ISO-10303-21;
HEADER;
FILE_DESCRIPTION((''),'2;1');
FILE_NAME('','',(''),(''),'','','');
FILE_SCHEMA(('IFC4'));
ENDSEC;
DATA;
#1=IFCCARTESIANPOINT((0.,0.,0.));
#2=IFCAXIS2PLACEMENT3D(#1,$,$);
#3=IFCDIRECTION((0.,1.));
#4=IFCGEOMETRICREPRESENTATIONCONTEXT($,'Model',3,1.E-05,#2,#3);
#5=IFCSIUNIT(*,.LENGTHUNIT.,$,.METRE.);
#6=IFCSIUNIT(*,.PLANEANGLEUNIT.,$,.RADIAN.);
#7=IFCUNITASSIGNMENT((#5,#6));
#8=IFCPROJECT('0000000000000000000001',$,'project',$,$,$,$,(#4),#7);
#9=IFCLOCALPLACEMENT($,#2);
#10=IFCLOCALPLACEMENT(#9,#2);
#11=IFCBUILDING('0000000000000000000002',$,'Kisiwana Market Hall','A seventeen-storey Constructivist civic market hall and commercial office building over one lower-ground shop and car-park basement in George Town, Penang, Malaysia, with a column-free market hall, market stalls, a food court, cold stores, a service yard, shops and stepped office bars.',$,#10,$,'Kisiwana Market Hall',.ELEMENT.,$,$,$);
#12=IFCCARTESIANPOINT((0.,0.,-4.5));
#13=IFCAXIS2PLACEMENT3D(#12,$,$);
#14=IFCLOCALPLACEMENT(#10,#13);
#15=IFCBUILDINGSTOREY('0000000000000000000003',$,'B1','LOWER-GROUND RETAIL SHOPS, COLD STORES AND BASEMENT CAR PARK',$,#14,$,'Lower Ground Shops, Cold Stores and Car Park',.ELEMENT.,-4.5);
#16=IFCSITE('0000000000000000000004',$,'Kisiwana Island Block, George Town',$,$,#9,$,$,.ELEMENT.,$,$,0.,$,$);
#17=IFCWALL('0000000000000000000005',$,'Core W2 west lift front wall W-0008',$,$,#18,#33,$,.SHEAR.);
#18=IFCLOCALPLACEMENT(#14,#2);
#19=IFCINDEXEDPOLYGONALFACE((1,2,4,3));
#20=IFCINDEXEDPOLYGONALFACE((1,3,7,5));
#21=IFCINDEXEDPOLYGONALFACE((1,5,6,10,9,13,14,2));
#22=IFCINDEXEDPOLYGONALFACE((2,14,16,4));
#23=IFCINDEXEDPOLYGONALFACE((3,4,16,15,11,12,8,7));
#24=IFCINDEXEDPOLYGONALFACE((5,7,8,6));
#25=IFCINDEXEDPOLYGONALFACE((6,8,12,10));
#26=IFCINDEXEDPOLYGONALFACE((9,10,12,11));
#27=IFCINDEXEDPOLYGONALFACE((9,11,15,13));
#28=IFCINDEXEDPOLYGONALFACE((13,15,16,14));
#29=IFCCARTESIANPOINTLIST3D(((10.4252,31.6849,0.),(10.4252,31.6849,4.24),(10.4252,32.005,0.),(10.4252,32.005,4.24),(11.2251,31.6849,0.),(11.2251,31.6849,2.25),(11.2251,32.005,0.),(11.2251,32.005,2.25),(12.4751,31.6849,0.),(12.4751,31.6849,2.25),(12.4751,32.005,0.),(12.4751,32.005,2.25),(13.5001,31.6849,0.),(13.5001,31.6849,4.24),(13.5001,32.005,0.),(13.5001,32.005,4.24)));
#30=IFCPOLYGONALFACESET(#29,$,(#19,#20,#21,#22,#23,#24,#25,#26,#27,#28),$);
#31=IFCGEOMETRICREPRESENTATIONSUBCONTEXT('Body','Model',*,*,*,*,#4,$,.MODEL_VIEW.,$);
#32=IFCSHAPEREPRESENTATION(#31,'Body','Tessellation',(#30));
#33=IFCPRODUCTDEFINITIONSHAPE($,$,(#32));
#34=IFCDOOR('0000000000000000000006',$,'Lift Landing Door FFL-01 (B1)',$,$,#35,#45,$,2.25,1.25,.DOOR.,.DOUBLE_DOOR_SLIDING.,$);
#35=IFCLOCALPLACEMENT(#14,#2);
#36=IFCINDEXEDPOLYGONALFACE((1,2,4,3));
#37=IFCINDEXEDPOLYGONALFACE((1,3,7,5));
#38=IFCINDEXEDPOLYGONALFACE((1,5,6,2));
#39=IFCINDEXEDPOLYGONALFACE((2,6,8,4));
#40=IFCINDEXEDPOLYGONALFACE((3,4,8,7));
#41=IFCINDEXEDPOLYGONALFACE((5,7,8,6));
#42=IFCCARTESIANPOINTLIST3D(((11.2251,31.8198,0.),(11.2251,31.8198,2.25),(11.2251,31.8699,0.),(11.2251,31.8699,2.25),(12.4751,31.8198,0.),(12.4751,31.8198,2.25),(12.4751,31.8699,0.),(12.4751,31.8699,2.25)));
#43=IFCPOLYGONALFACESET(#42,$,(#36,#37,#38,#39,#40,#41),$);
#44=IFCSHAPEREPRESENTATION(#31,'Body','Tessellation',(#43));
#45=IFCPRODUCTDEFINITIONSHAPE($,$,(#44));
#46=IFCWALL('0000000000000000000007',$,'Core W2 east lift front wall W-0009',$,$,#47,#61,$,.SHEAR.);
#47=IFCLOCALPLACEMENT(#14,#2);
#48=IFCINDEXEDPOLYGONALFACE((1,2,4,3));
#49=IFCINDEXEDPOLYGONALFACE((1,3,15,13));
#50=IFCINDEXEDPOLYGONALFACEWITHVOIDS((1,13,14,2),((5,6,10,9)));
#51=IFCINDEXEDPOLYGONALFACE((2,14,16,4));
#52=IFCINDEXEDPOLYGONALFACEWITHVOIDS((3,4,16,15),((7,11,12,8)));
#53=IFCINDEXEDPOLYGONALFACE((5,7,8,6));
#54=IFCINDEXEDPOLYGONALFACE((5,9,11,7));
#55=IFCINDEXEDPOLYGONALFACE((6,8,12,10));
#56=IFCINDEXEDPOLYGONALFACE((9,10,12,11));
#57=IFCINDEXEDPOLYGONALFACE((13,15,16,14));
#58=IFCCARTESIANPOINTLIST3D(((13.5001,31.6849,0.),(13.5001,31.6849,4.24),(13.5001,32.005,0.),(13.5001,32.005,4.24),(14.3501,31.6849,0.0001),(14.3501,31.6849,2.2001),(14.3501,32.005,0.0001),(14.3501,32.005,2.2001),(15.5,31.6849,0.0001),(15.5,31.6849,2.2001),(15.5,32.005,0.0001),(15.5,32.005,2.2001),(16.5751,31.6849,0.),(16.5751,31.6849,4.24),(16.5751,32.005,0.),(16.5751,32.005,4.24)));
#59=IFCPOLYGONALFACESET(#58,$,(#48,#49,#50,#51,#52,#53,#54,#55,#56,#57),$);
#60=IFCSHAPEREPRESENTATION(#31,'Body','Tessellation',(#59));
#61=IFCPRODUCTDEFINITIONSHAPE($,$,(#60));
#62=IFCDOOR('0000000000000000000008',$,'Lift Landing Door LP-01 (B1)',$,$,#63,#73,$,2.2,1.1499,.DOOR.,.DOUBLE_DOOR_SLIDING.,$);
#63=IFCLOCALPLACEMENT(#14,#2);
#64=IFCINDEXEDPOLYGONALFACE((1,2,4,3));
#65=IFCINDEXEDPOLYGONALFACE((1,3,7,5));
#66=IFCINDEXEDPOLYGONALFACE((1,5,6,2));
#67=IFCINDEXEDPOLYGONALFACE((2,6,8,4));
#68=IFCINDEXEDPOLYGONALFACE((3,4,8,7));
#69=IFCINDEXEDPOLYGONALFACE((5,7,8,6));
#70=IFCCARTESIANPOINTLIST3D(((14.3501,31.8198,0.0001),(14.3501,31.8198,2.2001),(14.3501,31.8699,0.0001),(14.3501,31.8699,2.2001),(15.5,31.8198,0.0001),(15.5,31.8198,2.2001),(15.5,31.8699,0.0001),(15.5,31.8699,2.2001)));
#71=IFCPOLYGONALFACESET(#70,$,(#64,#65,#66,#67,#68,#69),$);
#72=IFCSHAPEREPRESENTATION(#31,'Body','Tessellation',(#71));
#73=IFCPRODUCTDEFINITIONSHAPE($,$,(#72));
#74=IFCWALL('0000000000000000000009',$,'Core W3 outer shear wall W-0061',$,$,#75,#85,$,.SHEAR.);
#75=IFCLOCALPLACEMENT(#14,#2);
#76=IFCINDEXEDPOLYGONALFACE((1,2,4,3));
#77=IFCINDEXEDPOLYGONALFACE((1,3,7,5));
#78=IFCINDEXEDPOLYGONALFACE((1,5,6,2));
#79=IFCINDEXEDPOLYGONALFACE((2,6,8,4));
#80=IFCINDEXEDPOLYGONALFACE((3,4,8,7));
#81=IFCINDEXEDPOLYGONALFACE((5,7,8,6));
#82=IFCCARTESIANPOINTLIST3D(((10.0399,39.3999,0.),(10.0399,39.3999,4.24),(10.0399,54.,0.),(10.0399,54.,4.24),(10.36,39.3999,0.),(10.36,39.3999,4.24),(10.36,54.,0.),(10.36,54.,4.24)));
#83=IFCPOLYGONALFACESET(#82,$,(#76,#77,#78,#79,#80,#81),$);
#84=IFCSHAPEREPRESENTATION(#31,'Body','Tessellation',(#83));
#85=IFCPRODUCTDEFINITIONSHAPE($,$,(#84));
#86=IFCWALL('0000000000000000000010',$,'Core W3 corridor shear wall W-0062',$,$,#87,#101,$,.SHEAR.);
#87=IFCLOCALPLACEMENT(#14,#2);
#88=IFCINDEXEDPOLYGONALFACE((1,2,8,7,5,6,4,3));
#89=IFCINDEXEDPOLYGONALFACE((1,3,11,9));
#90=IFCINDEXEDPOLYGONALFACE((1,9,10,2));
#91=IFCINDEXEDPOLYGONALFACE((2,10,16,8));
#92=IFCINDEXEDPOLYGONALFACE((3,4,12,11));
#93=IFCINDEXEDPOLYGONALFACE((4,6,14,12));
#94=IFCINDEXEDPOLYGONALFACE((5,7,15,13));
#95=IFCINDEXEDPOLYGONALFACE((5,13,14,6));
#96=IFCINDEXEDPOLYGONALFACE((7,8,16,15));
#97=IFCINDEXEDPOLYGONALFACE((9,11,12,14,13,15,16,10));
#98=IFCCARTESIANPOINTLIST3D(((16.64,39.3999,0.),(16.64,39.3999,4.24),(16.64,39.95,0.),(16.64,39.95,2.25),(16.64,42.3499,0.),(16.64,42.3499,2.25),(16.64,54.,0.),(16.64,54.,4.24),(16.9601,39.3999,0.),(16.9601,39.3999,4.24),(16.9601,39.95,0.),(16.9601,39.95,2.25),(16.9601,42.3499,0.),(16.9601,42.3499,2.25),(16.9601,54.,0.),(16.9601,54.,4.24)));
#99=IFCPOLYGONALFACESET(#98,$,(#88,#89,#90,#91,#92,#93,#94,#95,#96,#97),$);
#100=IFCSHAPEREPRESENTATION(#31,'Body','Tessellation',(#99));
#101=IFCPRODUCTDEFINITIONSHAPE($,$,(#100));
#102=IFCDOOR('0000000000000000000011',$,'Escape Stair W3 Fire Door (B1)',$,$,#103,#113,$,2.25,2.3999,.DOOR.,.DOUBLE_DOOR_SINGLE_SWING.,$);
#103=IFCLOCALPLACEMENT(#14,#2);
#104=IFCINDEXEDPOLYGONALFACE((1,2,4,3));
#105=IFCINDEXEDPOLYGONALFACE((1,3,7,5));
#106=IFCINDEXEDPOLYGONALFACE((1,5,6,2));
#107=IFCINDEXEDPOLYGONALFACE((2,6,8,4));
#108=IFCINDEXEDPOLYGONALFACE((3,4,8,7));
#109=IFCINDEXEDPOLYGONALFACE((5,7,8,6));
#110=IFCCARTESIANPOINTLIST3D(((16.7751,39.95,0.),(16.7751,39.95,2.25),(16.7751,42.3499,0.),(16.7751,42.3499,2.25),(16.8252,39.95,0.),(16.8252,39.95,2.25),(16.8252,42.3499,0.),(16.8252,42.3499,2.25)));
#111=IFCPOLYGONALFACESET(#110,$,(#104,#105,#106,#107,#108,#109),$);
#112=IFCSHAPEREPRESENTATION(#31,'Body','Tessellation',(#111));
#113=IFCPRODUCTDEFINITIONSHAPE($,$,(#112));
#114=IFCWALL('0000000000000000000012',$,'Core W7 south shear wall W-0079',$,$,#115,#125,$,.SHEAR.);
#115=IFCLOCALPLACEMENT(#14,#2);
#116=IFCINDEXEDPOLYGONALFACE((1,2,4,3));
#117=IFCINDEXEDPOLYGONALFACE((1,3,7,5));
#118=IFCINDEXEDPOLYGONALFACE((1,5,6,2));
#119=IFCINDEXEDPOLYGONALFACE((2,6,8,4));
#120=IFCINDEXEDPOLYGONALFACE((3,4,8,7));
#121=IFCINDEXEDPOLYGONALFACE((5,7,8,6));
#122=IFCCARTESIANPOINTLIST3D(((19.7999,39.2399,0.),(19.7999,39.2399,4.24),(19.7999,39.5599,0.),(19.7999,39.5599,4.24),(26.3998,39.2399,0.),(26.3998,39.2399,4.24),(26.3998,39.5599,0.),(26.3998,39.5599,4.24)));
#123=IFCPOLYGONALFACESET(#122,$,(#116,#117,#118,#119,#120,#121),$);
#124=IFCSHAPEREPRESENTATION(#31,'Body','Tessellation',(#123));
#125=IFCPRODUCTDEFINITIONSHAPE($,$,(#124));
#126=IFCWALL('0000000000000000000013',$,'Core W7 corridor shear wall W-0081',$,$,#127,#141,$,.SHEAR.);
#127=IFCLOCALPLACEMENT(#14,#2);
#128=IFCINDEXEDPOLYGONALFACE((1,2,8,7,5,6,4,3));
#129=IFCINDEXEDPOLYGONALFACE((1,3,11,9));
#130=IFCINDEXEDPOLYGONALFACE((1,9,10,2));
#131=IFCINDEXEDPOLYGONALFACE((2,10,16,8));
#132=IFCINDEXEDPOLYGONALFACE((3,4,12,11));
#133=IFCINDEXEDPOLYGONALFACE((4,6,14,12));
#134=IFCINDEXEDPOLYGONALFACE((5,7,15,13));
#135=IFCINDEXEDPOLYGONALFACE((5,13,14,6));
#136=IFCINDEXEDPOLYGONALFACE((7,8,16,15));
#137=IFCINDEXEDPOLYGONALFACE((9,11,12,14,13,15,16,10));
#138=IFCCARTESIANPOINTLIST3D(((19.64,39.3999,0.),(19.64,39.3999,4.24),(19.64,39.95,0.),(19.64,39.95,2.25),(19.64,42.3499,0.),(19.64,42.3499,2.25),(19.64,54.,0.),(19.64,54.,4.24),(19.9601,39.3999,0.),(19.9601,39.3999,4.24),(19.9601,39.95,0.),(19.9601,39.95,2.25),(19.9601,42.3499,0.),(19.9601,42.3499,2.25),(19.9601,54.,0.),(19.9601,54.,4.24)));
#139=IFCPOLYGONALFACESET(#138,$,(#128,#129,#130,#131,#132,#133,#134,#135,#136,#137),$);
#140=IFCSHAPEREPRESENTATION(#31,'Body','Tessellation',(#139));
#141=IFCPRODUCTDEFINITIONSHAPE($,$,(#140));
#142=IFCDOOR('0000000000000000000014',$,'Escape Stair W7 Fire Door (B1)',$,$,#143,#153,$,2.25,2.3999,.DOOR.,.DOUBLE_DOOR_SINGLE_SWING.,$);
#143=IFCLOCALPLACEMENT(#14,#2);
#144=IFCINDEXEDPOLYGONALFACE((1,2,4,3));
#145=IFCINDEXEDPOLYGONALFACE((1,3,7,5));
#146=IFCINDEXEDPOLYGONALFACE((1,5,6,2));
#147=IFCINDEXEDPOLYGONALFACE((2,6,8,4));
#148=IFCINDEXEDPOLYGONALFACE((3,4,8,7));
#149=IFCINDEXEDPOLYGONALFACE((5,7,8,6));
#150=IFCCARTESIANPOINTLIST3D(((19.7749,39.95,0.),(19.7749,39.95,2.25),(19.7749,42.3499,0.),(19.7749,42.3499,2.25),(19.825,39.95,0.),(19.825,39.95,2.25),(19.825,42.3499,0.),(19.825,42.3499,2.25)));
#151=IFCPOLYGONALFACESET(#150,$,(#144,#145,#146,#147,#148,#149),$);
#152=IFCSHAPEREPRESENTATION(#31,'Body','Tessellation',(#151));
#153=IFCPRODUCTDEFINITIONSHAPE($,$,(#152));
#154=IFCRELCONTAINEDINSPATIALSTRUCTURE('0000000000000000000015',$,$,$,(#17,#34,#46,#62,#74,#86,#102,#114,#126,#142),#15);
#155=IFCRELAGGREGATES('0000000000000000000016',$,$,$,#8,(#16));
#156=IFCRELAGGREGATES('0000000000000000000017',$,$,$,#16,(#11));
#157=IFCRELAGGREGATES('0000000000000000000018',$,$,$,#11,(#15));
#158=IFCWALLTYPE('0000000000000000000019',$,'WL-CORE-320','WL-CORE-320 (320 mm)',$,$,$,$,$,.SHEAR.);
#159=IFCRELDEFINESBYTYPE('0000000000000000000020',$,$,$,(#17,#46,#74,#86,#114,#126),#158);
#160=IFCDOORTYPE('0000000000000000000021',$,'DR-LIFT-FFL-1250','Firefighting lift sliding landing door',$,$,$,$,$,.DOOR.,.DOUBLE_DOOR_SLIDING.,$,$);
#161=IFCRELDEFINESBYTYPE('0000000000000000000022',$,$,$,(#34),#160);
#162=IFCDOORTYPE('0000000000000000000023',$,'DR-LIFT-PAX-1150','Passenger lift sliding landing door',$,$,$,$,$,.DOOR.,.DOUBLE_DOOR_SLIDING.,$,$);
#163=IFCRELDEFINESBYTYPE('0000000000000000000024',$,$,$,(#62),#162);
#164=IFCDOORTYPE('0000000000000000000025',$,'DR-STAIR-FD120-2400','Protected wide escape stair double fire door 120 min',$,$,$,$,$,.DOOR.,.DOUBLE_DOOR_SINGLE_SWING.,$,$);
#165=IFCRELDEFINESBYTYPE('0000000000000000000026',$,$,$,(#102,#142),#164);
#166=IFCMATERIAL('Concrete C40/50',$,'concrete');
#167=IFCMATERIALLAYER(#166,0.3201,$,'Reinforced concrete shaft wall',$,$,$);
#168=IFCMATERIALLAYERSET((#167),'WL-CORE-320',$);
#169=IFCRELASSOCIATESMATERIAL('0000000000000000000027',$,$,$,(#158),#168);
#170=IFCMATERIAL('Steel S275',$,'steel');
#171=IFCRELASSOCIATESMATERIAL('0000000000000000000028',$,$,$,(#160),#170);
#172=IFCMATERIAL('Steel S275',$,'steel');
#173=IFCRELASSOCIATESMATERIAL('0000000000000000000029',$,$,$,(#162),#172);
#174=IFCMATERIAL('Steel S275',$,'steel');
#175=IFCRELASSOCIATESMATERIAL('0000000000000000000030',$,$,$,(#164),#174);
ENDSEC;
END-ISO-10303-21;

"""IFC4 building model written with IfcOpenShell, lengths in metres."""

from ifc_helpers import new_model, si_unit, direction, frame, frame_2d, origin, place, context, subcontext, project, spatial, rectangle, extrude, material, layer, layer_set, type_object, element, fill, save


model = new_model("IFC4")

# Units and contexts
model_context = context("Model", 3, precision=1e-05, world=origin(), true_north=direction((0.0, 1.0)))
body_context = subcontext(model_context, "Body", "Model", "MODEL_VIEW")
ifc_project = project(units=[si_unit("LENGTHUNIT", "METRE"), si_unit("PLANEANGLEUNIT", "RADIAN")], contexts=[model_context])

# Site, building, storey
site_placement = place(None, origin())
site = spatial("IfcSite", under=ifc_project, at=site_placement, Name="Kisiwana Island Block, George Town", CompositionType="ELEMENT", RefElevation=0.0)
building_placement = place(site_placement, origin())
building = spatial("IfcBuilding", under=site, at=building_placement, Name="Kisiwana Market Hall", Description="A seventeen-storey Constructivist civic market hall and commercial office building over one lower-ground shop and car-park basement in George Town, Penang, Malaysia, with a column-free market hall, market stalls, a food court, cold stores, a service yard, shops and stepped office bars.", LongName="Kisiwana Market Hall", CompositionType="ELEMENT")
storey_placement = place(building_placement, frame((0.0, 0.0, -4.5)))
storey = spatial("IfcBuildingStorey", under=building, at=storey_placement, Name="B1", Description="LOWER-GROUND RETAIL SHOPS, COLD STORES AND BASEMENT CAR PARK", LongName="Lower Ground Shops, Cold Stores and Car Park", CompositionType="ELEMENT", Elevation=-4.5)

# Walls, openings, doors
ifc_material_1 = material(Name="Concrete C40/50", Category="concrete")
ifc_layer_1 = layer(ifc_material_1, 0.3201, Name="Reinforced concrete shaft wall")
ifc_layer_set_1 = layer_set([ifc_layer_1], Name="WL-CORE-320")
wall_type_1 = type_object("IfcWallType", Name="WL-CORE-320", Description="WL-CORE-320 (320 mm)", PredefinedType="SHEAR", material=ifc_layer_set_1)
wall_1_placement = place(storey_placement, frame((10.425, 31.845, 0.0), z_axis=(0.0, 0.0, 1.0), x_axis=(1.0, 0.0, 0.0)))
wall_1 = element("IfcWall", 1, at=wall_1_placement, inside=storey, type_object=wall_type_1, Name="Core W2 west lift front wall W-0008", PredefinedType="SHEAR", context=body_context, shape_type="SweptSolid", body=[
    extrude(rectangle(XDim=3.075, YDim=0.3201, at=frame_2d((1.5376, 0.0))), origin(), (0.0, 0.0, 1.0), 4.24),
])
opening_1_placement = place(wall_1_placement, frame((0.8, 0.0, 0.0)))
opening_1 = element("IfcOpeningElement", 2, at=opening_1_placement, cuts=wall_1, PredefinedType="OPENING", context=body_context, shape_type="SweptSolid", body=[
    extrude(rectangle(XDim=1.25, YDim=2.25, at=frame_2d((0.625, 1.125))), frame((0.0, 0.1719, 0.0), z_axis=(0.0, -1.0, 0.0), x_axis=(1.0, 0.0, 0.0)), (0.0, 0.0, 1.0), 0.344),
])
ifc_material_2 = material(Name="Steel S275", Category="steel")
door_type_1 = type_object("IfcDoorType", Name="DR-LIFT-FFL-1250", Description="Firefighting lift sliding landing door", OperationType="DOUBLE_DOOR_SLIDING", PredefinedType="DOOR", material=ifc_material_2)
door_1_placement = place(opening_1_placement, origin())
door_1 = element("IfcDoor", 3, at=door_1_placement, inside=storey, type_object=door_type_1, Name="Lift Landing Door FFL-01 (B1)", OperationType="DOUBLE_DOOR_SLIDING", OverallHeight=2.25, OverallWidth=1.25, PredefinedType="DOOR", context=body_context, shape_type="SweptSolid", body=[
    extrude(rectangle(XDim=1.25, YDim=2.25, at=frame_2d((0.625, 1.125))), frame((0.0, 0.0249, 0.0), z_axis=(0.0, -1.0, 0.0), x_axis=(1.0, 0.0, 0.0)), (0.0, 0.0, 1.0), 0.05),
])
fill(opening_1, door_1)
wall_2_placement = place(storey_placement, frame((13.5, 31.845, 0.0), z_axis=(0.0, 0.0, 1.0), x_axis=(1.0, 0.0, 0.0)))
wall_2 = element("IfcWall", 4, at=wall_2_placement, inside=storey, type_object=wall_type_1, Name="Core W2 east lift front wall W-0009", PredefinedType="SHEAR", context=body_context, shape_type="SweptSolid", body=[
    extrude(rectangle(XDim=3.075, YDim=0.3201, at=frame_2d((1.5376, 0.0))), origin(), (0.0, 0.0, 1.0), 4.24),
])
opening_2_placement = place(wall_2_placement, frame((0.8501, 0.0, 0.0)))
opening_2 = element("IfcOpeningElement", 5, at=opening_2_placement, cuts=wall_2, PredefinedType="OPENING", context=body_context, shape_type="SweptSolid", body=[
    extrude(rectangle(XDim=1.1499, YDim=2.2, at=frame_2d((0.575, 1.1001))), frame((0.0, 0.1719, 0.0), z_axis=(0.0, -1.0, 0.0), x_axis=(1.0, 0.0, 0.0)), (0.0, 0.0, 1.0), 0.344),
])
ifc_material_3 = material(Name="Steel S275", Category="steel")
door_type_2 = type_object("IfcDoorType", Name="DR-LIFT-PAX-1150", Description="Passenger lift sliding landing door", OperationType="DOUBLE_DOOR_SLIDING", PredefinedType="DOOR", material=ifc_material_3)
door_2_placement = place(opening_2_placement, origin())
door_2 = element("IfcDoor", 6, at=door_2_placement, inside=storey, type_object=door_type_2, Name="Lift Landing Door LP-01 (B1)", OperationType="DOUBLE_DOOR_SLIDING", OverallHeight=2.2, OverallWidth=1.1499, PredefinedType="DOOR", context=body_context, shape_type="SweptSolid", body=[
    extrude(rectangle(XDim=1.1499, YDim=2.2, at=frame_2d((0.575, 1.1001))), frame((0.0, 0.0249, 0.0), z_axis=(0.0, -1.0, 0.0), x_axis=(1.0, 0.0, 0.0)), (0.0, 0.0, 1.0), 0.05),
])
fill(opening_2, door_2)

# Wall
wall_3_placement = place(storey_placement, frame((10.2, 39.3999, 0.0), z_axis=(0.0, 0.0, 1.0), x_axis=(0.0, 1.0, 0.0)))
element("IfcWall", 7, at=wall_3_placement, inside=storey, type_object=wall_type_1, Name="Core W3 outer shear wall W-0061", PredefinedType="SHEAR", context=body_context, shape_type="SweptSolid", body=[
    extrude(rectangle(XDim=14.6001, YDim=0.3201, at=frame_2d((7.3, 0.0))), origin(), (0.0, 0.0, 1.0), 4.24),
])

# Wall, opening, door
wall_4_placement = place(storey_placement, frame((16.8, 39.3999, 0.0), z_axis=(0.0, 0.0, 1.0), x_axis=(0.0, 1.0, 0.0)))
wall_4 = element("IfcWall", 8, at=wall_4_placement, inside=storey, type_object=wall_type_1, Name="Core W3 corridor shear wall W-0062", PredefinedType="SHEAR", context=body_context, shape_type="SweptSolid", body=[
    extrude(rectangle(XDim=14.6001, YDim=0.3201, at=frame_2d((7.3, 0.0))), origin(), (0.0, 0.0, 1.0), 4.24),
])
opening_3_placement = place(wall_4_placement, frame((0.55, 0.0, 0.0)))
opening_3 = element("IfcOpeningElement", 9, at=opening_3_placement, cuts=wall_4, PredefinedType="OPENING", context=body_context, shape_type="SweptSolid", body=[
    extrude(rectangle(XDim=2.3999, YDim=2.25, at=frame_2d((1.2, 1.125))), frame((0.0, 0.1719, 0.0), z_axis=(0.0, -1.0, 0.0), x_axis=(1.0, 0.0, 0.0)), (0.0, 0.0, 1.0), 0.344),
])
ifc_material_4 = material(Name="Steel S275", Category="steel")
door_type_3 = type_object("IfcDoorType", Name="DR-STAIR-FD120-2400", Description="Protected wide escape stair double fire door 120 min", OperationType="DOUBLE_DOOR_SINGLE_SWING", PredefinedType="DOOR", material=ifc_material_4)
door_3_placement = place(opening_3_placement, origin())
door_3 = element("IfcDoor", 10, at=door_3_placement, inside=storey, type_object=door_type_3, Name="Escape Stair W3 Fire Door (B1)", OperationType="DOUBLE_DOOR_SINGLE_SWING", OverallHeight=2.25, OverallWidth=2.3999, PredefinedType="DOOR", context=body_context, shape_type="SweptSolid", body=[
    extrude(rectangle(XDim=2.3999, YDim=2.25, at=frame_2d((1.2, 1.125))), frame((0.0, 0.0249, 0.0), z_axis=(0.0, -1.0, 0.0), x_axis=(1.0, 0.0, 0.0)), (0.0, 0.0, 1.0), 0.05),
])
fill(opening_3, door_3)

# Wall
wall_5_placement = place(storey_placement, frame((19.8, 39.3999, 0.0), z_axis=(0.0, 0.0, 1.0), x_axis=(1.0, 0.0, 0.0)))
element("IfcWall", 11, at=wall_5_placement, inside=storey, type_object=wall_type_1, Name="Core W7 south shear wall W-0079", PredefinedType="SHEAR", context=body_context, shape_type="SweptSolid", body=[
    extrude(rectangle(XDim=6.5999, YDim=0.3201, at=frame_2d((3.2998, 0.0))), origin(), (0.0, 0.0, 1.0), 4.24),
])

# Wall, opening, door
wall_6_placement = place(storey_placement, frame((19.8, 39.3999, 0.0), z_axis=(0.0, 0.0, 1.0), x_axis=(0.0, 1.0, 0.0)))
wall_6 = element("IfcWall", 12, at=wall_6_placement, inside=storey, type_object=wall_type_1, Name="Core W7 corridor shear wall W-0081", PredefinedType="SHEAR", context=body_context, shape_type="SweptSolid", body=[
    extrude(rectangle(XDim=14.6001, YDim=0.3201, at=frame_2d((7.3, 0.0))), origin(), (0.0, 0.0, 1.0), 4.24),
])
opening_4_placement = place(wall_6_placement, frame((0.55, 0.0, 0.0)))
opening_4 = element("IfcOpeningElement", 13, at=opening_4_placement, cuts=wall_6, PredefinedType="OPENING", context=body_context, shape_type="SweptSolid", body=[
    extrude(rectangle(XDim=2.3999, YDim=2.25, at=frame_2d((1.2, 1.125))), frame((0.0, 0.1719, 0.0), z_axis=(0.0, -1.0, 0.0), x_axis=(1.0, 0.0, 0.0)), (0.0, 0.0, 1.0), 0.344),
])
door_4_placement = place(opening_4_placement, frame((2.3999, 0.0, 0.0), z_axis=(0.0, 0.0, 1.0), x_axis=(-1.0, 0.0, 0.0)))
door_4 = element("IfcDoor", 14, at=door_4_placement, inside=storey, type_object=door_type_3, Name="Escape Stair W7 Fire Door (B1)", OperationType="DOUBLE_DOOR_SINGLE_SWING", OverallHeight=2.25, OverallWidth=2.3999, PredefinedType="DOOR", context=body_context, shape_type="SweptSolid", body=[
    extrude(rectangle(XDim=2.3999, YDim=2.25, at=frame_2d((1.2, 1.125))), frame((0.0, 0.0249, 0.0), z_axis=(0.0, -1.0, 0.0), x_axis=(1.0, 0.0, 0.0)), (0.0, 0.0, 1.0), 0.05),
])
fill(opening_4, door_4)

save(model, "model.ifc")
